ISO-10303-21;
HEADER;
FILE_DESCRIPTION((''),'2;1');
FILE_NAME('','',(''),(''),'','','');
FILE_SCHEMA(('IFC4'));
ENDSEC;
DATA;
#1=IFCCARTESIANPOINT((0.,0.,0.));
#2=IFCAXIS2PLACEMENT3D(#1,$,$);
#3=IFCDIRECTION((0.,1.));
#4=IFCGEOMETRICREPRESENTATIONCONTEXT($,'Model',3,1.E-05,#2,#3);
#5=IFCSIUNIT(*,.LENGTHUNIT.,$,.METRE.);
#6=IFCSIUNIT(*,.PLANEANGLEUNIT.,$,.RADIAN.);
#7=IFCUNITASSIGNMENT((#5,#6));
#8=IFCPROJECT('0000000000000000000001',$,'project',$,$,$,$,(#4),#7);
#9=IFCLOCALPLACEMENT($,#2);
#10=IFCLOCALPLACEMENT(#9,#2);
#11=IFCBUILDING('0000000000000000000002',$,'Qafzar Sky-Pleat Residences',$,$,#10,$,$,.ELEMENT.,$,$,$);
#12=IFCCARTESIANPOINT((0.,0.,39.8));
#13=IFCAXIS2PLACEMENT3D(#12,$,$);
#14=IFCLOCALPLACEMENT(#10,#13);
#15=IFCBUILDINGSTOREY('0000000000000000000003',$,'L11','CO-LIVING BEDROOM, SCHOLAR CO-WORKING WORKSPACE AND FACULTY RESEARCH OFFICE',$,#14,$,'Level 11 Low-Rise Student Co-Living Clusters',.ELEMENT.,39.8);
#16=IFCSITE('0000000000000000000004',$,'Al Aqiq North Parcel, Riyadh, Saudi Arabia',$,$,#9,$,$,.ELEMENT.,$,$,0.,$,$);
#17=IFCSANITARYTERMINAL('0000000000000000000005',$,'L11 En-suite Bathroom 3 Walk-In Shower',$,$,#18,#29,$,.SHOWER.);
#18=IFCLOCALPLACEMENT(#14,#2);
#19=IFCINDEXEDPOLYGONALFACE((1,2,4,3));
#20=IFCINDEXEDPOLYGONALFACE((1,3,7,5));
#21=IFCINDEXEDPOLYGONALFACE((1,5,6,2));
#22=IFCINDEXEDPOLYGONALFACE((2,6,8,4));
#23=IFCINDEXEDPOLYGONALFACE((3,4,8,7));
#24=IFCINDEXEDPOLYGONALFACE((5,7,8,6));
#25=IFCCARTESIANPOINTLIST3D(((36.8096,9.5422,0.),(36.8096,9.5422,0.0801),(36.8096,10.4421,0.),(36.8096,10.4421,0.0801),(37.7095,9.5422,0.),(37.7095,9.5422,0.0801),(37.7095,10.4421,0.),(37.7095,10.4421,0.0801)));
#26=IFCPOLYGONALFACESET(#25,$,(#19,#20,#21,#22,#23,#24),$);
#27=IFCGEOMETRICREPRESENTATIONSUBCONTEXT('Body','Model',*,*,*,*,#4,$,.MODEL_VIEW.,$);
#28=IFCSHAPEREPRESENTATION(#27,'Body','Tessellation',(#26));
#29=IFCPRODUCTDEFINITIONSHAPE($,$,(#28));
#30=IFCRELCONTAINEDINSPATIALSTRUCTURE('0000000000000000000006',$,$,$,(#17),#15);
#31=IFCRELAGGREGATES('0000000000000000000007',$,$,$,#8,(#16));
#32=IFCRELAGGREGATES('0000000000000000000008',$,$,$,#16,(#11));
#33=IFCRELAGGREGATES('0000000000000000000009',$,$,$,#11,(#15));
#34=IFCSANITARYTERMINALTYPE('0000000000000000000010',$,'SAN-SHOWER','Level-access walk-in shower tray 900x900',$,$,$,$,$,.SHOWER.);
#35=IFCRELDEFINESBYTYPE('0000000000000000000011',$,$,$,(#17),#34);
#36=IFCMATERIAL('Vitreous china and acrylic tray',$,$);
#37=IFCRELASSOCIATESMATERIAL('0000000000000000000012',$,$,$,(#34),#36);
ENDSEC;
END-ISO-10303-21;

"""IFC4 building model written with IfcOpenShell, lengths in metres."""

from ifc_helpers import new_model, si_unit, direction, frame, origin, origin_2d, place, context, subcontext, project, spatial, rectangle, extrude, source, transform, mapped, material, type_object, element, save


model = new_model("IFC4")

# Units and contexts
model_context = context("Model", 3, precision=1e-05, world=origin(), true_north=direction((0.0, 1.0)))
body_context = subcontext(model_context, "Body", "Model", "MODEL_VIEW")
ifc_project = project(units=[si_unit("LENGTHUNIT", "METRE"), si_unit("PLANEANGLEUNIT", "RADIAN")], contexts=[model_context])

# Site, building, storey
site_placement = place(None, origin())
site = spatial("IfcSite", under=ifc_project, at=site_placement, Name="Al Aqiq North Parcel, Riyadh, Saudi Arabia", CompositionType="ELEMENT", RefElevation=0.0)
building_placement = place(site_placement, origin())
building = spatial("IfcBuilding", under=site, at=building_placement, Name="Qafzar Sky-Pleat Residences", CompositionType="ELEMENT")
storey_placement = place(building_placement, frame((0.0, 0.0, 39.8)))
storey = spatial("IfcBuildingStorey", under=building, at=storey_placement, Name="L11", Description="CO-LIVING BEDROOM, SCHOLAR CO-WORKING WORKSPACE AND FACULTY RESEARCH OFFICE", LongName="Level 11 Low-Rise Student Co-Living Clusters", CompositionType="ELEMENT", Elevation=39.8)

# Sanitary terminal
ifc_material_1 = material(Name="Vitreous china and acrylic tray")
sanitary_terminal_type_1 = type_object("IfcSanitaryTerminalType", Name="SAN-SHOWER", Description="Level-access walk-in shower tray 900x900", PredefinedType="SHOWER", material=ifc_material_1)
shared_shape_1 = source(origin(), body_context, "Body", "SweptSolid", [
    extrude(rectangle(XDim=0.8999, YDim=0.8999, at=origin_2d()), origin(), (0.0, 0.0, 1.0), 0.0801),
])
sanitary_terminal_1_placement = place(storey_placement, frame((37.2595, 9.9922, 0.0), z_axis=(0.0, 0.0, 1.0), x_axis=(1.0, 0.0, 0.0)))
element("IfcSanitaryTerminal", 1, at=sanitary_terminal_1_placement, inside=storey, type_object=sanitary_terminal_type_1, Name="L11 En-suite Bathroom 3 Walk-In Shower", PredefinedType="SHOWER", context=body_context, shape_type="MappedRepresentation", body=[
    mapped(shared_shape_1, transform((0.0, 0.0, 0.0), x_axis=(1.0, 0.0, 0.0), y_axis=(0.0, 1.0, 0.0), z_axis=(0.0, 0.0, 1.0), scale=1.0)),
])

save(model, "model.ifc")
